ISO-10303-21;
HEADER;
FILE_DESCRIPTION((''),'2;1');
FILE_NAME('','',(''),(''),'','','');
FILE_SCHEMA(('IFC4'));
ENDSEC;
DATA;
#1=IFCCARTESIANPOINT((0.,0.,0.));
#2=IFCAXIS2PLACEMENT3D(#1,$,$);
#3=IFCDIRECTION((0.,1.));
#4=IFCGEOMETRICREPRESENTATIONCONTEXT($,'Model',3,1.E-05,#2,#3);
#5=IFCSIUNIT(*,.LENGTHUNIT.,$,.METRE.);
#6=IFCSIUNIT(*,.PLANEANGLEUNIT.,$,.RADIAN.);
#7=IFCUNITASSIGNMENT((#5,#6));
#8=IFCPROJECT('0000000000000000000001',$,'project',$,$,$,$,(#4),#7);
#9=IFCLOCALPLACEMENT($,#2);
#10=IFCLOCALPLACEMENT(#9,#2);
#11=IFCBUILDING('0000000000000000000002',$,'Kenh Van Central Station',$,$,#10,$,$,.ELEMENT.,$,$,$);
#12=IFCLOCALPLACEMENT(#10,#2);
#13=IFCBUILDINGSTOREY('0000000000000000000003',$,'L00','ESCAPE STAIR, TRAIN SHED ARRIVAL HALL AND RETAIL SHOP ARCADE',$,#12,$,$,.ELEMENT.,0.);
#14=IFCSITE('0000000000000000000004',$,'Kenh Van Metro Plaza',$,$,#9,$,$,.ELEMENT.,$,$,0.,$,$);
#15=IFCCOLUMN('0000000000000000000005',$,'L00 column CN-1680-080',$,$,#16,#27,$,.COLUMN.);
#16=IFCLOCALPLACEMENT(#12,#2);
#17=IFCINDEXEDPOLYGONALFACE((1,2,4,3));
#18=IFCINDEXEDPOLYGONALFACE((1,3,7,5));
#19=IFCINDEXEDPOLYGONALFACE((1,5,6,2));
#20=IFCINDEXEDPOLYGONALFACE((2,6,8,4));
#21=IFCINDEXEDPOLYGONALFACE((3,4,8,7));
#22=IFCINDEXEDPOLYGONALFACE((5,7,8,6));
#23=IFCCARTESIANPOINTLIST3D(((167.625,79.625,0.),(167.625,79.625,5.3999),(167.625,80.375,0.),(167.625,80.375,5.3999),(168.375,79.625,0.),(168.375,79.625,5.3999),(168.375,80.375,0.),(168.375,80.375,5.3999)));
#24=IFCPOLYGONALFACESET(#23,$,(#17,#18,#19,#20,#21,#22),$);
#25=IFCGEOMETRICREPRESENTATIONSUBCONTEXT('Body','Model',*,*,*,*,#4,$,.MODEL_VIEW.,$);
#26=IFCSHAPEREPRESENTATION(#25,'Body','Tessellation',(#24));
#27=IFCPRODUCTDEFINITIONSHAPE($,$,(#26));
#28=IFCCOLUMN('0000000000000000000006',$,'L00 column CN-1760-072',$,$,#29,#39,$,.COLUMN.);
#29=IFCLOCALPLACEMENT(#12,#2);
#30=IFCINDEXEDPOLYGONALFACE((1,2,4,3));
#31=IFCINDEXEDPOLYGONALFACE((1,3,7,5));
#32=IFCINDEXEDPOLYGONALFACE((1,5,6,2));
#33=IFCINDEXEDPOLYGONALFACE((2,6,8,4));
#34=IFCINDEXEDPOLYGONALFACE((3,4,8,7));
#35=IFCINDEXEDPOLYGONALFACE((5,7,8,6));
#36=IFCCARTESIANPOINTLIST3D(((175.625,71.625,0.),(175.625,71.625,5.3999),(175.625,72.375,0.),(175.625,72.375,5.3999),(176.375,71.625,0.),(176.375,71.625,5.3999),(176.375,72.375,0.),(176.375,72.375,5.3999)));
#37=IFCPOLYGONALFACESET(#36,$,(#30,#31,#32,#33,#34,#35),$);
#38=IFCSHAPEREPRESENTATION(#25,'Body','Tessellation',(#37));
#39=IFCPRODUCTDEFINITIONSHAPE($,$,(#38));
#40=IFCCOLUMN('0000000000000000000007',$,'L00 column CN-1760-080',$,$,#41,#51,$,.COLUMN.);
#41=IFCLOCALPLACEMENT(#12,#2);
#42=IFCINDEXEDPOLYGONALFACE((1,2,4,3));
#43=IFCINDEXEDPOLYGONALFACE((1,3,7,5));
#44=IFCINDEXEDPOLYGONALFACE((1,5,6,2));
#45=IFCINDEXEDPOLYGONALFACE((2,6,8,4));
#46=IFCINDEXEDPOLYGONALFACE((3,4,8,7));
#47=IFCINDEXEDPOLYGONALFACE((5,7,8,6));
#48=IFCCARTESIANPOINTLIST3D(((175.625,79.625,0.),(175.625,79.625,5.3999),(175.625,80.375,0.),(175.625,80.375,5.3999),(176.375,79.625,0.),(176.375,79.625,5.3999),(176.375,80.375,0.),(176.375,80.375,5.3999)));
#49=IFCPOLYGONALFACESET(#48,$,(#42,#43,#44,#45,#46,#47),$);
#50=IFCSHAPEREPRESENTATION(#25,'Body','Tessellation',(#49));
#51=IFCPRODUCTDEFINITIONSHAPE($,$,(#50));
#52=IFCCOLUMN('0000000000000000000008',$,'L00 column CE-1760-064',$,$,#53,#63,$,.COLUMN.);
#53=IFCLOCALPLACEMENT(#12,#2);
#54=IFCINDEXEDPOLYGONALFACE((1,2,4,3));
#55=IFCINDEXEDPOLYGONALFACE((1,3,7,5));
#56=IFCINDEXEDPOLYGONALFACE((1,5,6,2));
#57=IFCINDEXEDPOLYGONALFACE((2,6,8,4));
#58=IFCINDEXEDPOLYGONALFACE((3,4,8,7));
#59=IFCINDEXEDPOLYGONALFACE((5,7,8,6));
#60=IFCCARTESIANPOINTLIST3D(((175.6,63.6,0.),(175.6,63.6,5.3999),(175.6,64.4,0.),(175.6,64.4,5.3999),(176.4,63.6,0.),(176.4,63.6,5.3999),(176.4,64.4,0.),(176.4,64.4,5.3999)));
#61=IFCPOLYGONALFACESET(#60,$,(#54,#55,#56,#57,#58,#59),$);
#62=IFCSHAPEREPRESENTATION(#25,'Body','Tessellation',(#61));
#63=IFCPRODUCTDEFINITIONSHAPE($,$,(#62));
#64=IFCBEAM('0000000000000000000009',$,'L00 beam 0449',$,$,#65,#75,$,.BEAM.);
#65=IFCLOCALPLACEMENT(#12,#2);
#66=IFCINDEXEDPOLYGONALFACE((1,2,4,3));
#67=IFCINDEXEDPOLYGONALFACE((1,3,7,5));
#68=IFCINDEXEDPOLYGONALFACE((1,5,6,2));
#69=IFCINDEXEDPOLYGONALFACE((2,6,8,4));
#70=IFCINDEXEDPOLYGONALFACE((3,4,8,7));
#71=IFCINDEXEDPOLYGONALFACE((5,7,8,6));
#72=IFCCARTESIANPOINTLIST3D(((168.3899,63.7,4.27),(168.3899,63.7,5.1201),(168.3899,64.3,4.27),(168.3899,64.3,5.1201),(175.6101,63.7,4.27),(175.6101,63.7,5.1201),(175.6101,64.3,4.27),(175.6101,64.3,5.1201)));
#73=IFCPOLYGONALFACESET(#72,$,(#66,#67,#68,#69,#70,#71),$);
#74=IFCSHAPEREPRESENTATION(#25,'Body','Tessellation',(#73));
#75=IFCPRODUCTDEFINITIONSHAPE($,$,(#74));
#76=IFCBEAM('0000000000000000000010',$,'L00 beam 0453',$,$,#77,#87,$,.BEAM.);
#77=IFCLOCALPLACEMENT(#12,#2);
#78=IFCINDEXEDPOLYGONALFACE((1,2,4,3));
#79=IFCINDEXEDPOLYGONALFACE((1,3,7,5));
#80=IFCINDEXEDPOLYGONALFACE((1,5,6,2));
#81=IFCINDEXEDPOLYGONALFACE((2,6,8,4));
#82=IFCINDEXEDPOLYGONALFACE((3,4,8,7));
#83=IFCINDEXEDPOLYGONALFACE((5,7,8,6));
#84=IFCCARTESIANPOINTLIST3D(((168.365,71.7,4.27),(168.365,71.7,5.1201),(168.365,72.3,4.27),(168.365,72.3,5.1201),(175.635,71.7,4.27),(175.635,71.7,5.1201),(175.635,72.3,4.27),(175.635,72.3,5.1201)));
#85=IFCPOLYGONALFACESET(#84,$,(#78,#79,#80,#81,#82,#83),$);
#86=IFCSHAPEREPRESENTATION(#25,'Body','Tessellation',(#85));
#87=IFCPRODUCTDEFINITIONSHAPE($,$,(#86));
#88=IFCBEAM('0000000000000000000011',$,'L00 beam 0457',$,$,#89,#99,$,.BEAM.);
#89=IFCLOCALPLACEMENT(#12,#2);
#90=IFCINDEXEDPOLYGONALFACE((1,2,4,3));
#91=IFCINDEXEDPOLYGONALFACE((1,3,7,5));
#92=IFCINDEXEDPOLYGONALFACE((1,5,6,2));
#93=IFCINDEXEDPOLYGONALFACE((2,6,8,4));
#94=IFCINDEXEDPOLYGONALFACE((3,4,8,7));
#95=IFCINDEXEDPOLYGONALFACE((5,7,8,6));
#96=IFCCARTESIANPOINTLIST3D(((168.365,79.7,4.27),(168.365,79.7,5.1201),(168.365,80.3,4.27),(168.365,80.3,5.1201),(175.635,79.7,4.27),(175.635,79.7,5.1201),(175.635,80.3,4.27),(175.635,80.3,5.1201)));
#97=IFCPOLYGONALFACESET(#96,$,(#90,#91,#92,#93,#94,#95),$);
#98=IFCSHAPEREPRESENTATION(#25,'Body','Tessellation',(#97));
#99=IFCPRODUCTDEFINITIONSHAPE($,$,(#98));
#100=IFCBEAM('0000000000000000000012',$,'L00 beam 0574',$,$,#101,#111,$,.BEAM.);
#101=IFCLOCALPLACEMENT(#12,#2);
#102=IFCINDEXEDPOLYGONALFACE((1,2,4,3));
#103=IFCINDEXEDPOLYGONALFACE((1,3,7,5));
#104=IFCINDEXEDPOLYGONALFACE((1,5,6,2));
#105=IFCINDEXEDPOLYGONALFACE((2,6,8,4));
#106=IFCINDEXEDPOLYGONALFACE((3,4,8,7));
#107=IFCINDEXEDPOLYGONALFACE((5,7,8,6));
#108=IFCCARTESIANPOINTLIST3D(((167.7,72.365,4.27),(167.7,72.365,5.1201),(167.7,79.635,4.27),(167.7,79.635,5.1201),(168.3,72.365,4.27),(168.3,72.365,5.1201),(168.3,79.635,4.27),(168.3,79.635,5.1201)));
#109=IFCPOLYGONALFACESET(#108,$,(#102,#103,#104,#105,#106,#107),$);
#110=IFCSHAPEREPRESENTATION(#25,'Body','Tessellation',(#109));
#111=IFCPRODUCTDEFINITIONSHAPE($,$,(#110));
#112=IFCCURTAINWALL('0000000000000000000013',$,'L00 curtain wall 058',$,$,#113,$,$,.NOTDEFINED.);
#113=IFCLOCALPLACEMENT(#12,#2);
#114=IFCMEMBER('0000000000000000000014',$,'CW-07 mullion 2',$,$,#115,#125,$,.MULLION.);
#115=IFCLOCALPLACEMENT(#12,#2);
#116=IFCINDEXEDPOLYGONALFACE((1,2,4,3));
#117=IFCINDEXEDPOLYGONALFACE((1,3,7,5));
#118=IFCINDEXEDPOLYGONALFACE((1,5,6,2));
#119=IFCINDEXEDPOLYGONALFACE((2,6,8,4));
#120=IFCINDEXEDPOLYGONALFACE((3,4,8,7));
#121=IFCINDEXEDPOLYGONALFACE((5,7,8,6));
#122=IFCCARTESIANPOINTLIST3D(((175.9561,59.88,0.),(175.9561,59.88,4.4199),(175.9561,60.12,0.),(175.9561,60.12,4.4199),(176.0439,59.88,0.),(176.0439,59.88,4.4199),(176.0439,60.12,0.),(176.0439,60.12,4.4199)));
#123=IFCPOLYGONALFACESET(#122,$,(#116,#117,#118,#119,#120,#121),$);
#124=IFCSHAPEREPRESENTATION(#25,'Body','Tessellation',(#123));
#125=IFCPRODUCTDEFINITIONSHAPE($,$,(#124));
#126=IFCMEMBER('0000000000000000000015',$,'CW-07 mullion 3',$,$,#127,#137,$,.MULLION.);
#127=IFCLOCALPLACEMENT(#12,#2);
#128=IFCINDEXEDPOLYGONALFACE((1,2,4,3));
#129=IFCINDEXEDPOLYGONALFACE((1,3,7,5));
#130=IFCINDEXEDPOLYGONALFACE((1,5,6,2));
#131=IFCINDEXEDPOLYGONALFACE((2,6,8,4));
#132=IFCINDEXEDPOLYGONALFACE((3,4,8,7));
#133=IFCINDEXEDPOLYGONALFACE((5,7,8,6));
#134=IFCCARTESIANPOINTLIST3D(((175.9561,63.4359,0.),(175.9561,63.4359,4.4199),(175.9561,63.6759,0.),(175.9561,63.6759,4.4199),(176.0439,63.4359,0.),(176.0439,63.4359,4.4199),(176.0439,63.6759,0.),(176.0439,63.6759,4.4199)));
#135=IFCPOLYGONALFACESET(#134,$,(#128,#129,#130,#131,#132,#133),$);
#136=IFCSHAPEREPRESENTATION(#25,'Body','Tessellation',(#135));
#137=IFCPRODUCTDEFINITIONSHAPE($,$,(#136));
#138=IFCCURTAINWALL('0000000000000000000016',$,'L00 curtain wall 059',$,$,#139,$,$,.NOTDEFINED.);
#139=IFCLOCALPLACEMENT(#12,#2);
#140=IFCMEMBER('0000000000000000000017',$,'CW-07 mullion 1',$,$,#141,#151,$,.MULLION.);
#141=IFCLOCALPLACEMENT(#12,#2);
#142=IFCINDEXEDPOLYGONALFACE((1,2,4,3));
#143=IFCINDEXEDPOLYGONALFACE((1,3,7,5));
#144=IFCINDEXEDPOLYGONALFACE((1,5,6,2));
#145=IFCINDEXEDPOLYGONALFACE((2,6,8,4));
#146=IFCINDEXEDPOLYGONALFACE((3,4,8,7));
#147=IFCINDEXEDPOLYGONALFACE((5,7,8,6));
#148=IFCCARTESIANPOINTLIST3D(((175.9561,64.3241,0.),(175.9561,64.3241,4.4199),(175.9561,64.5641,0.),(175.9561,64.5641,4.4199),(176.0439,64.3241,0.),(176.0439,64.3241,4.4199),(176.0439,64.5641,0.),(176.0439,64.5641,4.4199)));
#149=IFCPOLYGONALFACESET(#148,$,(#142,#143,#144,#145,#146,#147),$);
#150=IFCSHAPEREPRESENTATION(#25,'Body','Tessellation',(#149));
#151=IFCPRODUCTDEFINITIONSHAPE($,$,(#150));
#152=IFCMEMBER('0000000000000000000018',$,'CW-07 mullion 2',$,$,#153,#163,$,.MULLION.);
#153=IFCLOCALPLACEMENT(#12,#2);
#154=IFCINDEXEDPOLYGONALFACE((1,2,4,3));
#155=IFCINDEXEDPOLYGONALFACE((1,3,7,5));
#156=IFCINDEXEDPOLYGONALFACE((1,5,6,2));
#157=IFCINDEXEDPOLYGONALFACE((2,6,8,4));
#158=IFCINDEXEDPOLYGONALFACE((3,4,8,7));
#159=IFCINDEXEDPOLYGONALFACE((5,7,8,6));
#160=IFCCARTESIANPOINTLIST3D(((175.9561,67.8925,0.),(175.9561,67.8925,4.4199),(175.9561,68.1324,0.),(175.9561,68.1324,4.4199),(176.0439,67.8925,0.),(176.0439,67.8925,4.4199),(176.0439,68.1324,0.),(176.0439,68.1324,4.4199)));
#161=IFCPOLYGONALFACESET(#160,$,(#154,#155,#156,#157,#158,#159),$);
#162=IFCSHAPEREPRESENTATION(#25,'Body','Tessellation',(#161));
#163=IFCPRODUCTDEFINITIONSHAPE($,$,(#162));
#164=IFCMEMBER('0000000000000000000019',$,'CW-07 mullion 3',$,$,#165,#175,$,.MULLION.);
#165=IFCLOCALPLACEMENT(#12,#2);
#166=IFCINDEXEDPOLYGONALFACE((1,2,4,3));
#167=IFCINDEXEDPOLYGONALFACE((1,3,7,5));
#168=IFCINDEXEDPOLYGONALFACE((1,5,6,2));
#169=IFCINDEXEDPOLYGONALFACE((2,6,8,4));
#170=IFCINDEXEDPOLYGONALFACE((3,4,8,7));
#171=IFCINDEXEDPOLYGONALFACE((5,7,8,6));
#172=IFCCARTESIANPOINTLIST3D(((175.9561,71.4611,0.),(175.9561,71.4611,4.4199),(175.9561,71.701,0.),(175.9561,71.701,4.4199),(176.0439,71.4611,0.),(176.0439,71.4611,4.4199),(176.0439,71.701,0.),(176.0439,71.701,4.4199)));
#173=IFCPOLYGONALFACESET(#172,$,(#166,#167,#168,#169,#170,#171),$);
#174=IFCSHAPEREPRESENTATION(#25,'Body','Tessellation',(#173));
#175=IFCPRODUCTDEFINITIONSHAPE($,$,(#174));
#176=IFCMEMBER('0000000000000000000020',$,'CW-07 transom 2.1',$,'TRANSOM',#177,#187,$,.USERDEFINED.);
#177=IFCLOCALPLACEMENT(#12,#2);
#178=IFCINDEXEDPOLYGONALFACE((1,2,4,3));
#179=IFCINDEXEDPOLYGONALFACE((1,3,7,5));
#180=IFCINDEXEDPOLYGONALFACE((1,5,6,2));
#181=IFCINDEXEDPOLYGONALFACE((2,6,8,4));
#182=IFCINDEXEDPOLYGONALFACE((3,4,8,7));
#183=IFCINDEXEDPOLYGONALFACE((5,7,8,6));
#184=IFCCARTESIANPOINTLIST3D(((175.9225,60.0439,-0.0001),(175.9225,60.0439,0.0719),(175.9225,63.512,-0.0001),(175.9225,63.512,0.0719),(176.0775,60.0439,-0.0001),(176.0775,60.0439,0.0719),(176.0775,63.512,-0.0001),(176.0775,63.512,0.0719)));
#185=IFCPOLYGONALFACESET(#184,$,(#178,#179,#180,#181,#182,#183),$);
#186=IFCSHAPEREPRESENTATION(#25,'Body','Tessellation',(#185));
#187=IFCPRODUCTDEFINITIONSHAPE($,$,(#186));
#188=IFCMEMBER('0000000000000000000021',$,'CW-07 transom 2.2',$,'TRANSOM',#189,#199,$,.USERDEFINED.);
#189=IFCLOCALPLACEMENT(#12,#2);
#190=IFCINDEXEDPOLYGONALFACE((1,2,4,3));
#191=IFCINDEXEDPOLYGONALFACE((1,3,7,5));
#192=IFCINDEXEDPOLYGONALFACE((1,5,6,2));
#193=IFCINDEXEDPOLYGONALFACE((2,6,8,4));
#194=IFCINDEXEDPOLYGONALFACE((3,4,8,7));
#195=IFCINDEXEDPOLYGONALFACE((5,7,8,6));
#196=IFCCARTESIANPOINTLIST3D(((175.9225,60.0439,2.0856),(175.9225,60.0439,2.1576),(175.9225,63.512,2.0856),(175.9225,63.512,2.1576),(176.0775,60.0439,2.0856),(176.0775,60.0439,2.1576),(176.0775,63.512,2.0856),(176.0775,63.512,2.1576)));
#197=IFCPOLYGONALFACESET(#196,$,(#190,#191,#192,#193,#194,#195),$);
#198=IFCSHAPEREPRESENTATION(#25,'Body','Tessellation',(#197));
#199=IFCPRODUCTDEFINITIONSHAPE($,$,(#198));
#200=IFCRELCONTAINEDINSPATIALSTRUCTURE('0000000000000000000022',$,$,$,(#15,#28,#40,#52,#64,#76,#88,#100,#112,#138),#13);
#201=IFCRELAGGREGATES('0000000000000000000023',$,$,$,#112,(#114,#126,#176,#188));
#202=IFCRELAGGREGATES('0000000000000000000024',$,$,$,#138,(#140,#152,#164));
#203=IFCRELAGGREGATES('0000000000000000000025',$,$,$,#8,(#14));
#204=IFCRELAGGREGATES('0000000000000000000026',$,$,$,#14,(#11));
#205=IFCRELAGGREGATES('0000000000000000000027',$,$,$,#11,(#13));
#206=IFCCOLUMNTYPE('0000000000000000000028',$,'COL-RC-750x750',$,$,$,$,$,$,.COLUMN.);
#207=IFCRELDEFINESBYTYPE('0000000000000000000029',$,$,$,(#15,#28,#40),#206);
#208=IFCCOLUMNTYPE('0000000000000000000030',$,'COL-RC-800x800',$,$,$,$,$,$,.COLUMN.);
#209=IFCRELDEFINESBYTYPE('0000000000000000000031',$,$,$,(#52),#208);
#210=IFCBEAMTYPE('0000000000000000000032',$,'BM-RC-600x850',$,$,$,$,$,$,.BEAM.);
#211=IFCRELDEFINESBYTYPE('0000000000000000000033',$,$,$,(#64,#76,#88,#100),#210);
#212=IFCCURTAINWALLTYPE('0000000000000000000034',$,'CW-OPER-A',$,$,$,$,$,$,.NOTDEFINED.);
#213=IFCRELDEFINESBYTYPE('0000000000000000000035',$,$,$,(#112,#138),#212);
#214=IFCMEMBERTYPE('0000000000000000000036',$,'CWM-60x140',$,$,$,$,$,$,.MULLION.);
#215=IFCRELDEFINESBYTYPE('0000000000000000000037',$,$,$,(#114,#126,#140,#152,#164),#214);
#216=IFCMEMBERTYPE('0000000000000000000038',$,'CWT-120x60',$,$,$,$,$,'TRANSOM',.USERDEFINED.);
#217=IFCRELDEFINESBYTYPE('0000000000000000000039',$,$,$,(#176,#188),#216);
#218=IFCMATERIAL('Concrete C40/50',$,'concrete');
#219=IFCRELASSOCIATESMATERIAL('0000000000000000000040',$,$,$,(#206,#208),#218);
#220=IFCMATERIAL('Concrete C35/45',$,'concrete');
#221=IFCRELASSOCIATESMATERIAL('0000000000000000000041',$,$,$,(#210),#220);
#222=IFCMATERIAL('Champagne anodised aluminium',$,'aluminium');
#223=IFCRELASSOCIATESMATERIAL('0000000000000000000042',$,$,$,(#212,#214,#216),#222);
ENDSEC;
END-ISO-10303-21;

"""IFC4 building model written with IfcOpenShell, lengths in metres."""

from ifc_helpers import new_model, si_unit, direction, frame, origin, origin_2d, place, context, subcontext, project, spatial, rectangle, extrude, material, material_profile, profile_set, type_object, element, aggregate, save


model = new_model("IFC4")

# Units and contexts
model_context = context("Model", 3, precision=1e-05, world=origin(), true_north=direction((0.0, 1.0)))
body_context = subcontext(model_context, "Body", "Model", "MODEL_VIEW")
ifc_project = project(units=[si_unit("LENGTHUNIT", "METRE"), si_unit("PLANEANGLEUNIT", "RADIAN")], contexts=[model_context])

# Site, building, storey
site_placement = place(None, origin())
site = spatial("IfcSite", under=ifc_project, at=site_placement, Name="Kenh Van Metro Plaza", CompositionType="ELEMENT", RefElevation=0.0)
building_placement = place(site_placement, origin())
building = spatial("IfcBuilding", under=site, at=building_placement, Name="Kenh Van Central Station", CompositionType="ELEMENT")
storey_placement = place(building_placement, origin())
storey = spatial("IfcBuildingStorey", under=building, at=storey_placement, Name="L00", Description="ESCAPE STAIR, TRAIN SHED ARRIVAL HALL AND RETAIL SHOP ARCADE", CompositionType="ELEMENT", Elevation=0.0)

# Columns
ifc_material_1 = material(Name="Concrete C40/50", Category="concrete")
ifc_material_profile_1 = material_profile(ifc_material_1, rectangle(XDim=0.75, YDim=0.75, at=origin_2d()), Name="RC 750x750")
ifc_profile_set_1 = profile_set([ifc_material_profile_1], Name="Concrete C40/50")
column_type_1 = type_object("IfcColumnType", Name="COL-RC-750x750", PredefinedType="COLUMN", material=ifc_profile_set_1)
for number, where, z_axis, x_axis, name in (
    (1, (168.0, 80.0, 0.0), (0.0, 0.0, 1.0), (1.0, 0.0, 0.0), "L00 column CN-1680-080"),
    (2, (176.0, 72.0, 0.0), (0.0, 0.0, 1.0), (1.0, 0.0, 0.0), "L00 column CN-1760-072"),
    (3, (176.0, 80.0, 0.0), (0.0, 0.0, 1.0), (1.0, 0.0, 0.0), "L00 column CN-1760-080"),
):
    element("IfcColumn", number, at=place(storey_placement, frame(where, z_axis=z_axis, x_axis=x_axis)), inside=storey, type_object=column_type_1, Name=name, PredefinedType="COLUMN", context=body_context, shape_type="SweptSolid", body=[
        extrude(rectangle(XDim=0.75, YDim=0.75, at=origin_2d()), origin(), (0.0, 0.0, 1.0), 5.3999),
    ])
ifc_material_profile_2 = material_profile(ifc_material_1, rectangle(XDim=0.8, YDim=0.8, at=origin_2d()), Name="RC 800x800")
ifc_profile_set_2 = profile_set([ifc_material_profile_2], Name="Concrete C40/50")
column_type_2 = type_object("IfcColumnType", Name="COL-RC-800x800", PredefinedType="COLUMN", material=ifc_profile_set_2)
column_placement = place(storey_placement, frame((176.0, 64.0, 0.0), z_axis=(0.0, 0.0, 1.0), x_axis=(1.0, 0.0, 0.0)))
element("IfcColumn", 4, at=column_placement, inside=storey, type_object=column_type_2, Name="L00 column CE-1760-064", PredefinedType="COLUMN", context=body_context, shape_type="SweptSolid", body=[
    extrude(rectangle(XDim=0.8, YDim=0.8, at=origin_2d()), origin(), (0.0, 0.0, 1.0), 5.3999),
])

# Beams
ifc_material_2 = material(Name="Concrete C35/45", Category="concrete")
ifc_material_profile_3 = material_profile(ifc_material_2, rectangle(XDim=0.6001, YDim=0.8501, at=origin_2d()), Name="RC 600x850")
ifc_profile_set_3 = profile_set([ifc_material_profile_3], Name="Concrete C35/45")
beam_type_1 = type_object("IfcBeamType", Name="BM-RC-600x850", PredefinedType="BEAM", material=ifc_profile_set_3)
beam_1_placement = place(storey_placement, frame((168.3899, 64.0, 4.6951), z_axis=(1.0, 0.0, 0.0), x_axis=(0.0, 1.0, 0.0)))
element("IfcBeam", 5, at=beam_1_placement, inside=storey, type_object=beam_type_1, Name="L00 beam 0449", PredefinedType="BEAM", context=body_context, shape_type="SweptSolid", body=[
    extrude(rectangle(XDim=0.6001, YDim=0.8501, at=origin_2d()), origin(), (0.0, 0.0, 1.0), 7.2202),
])
for number, where, z_axis, x_axis, name in (
    (6, (168.365, 72.0, 4.6951), (1.0, 0.0, 0.0), (0.0, 1.0, 0.0), "L00 beam 0453"),
    (7, (168.365, 80.0, 4.6951), (1.0, 0.0, 0.0), (0.0, 1.0, 0.0), "L00 beam 0457"),
    (8, (168.0, 72.365, 4.6951), (0.0, 1.0, 0.0), (-1.0, 0.0, 0.0), "L00 beam 0574"),
):
    element("IfcBeam", number, at=place(storey_placement, frame(where, z_axis=z_axis, x_axis=x_axis)), inside=storey, type_object=beam_type_1, Name=name, PredefinedType="BEAM", context=body_context, shape_type="SweptSolid", body=[
        extrude(rectangle(XDim=0.6001, YDim=0.8501, at=origin_2d()), origin(), (0.0, 0.0, 1.0), 7.27),
    ])

# Curtain walls, members
ifc_material_3 = material(Name="Champagne anodised aluminium", Category="aluminium")
curtain_wall_type = type_object("IfcCurtainWallType", Name="CW-OPER-A", PredefinedType="NOTDEFINED", material=ifc_material_3)
curtain_wall_1_placement = place(storey_placement, origin())
curtain_wall_1 = element("IfcCurtainWall", 9, at=curtain_wall_1_placement, inside=storey, type_object=curtain_wall_type, Name="L00 curtain wall 058", PredefinedType="NOTDEFINED")
ifc_material_profile_4 = material_profile(ifc_material_3, rectangle(XDim=0.0879, YDim=0.24, at=origin_2d()), Name="AL 88x240")
ifc_profile_set_4 = profile_set([ifc_material_profile_4], Name="Champagne anodised aluminium")
member_type_1 = type_object("IfcMemberType", Name="CWM-60x140", PredefinedType="MULLION", material=ifc_profile_set_4)
member_1_placement = place(storey_placement, frame((176.0, 60.0, 0.0), z_axis=(0.0, 0.0, 1.0), x_axis=(-1.0, 0.0, 0.0)))
member_1 = element("IfcMember", 10, at=member_1_placement, type_object=member_type_1, Name="CW-07 mullion 2", PredefinedType="MULLION", context=body_context, shape_type="SweptSolid", body=[
    extrude(rectangle(XDim=0.0879, YDim=0.24, at=origin_2d()), origin(), (0.0, 0.0, 1.0), 4.4199),
])
member_2_placement = place(storey_placement, frame((176.0, 63.5559, 0.0), z_axis=(0.0, 0.0, 1.0), x_axis=(-1.0, 0.0, 0.0)))
member_2 = element("IfcMember", 11, at=member_2_placement, type_object=member_type_1, Name="CW-07 mullion 3", PredefinedType="MULLION", context=body_context, shape_type="SweptSolid", body=[
    extrude(rectangle(XDim=0.0879, YDim=0.24, at=origin_2d()), origin(), (0.0, 0.0, 1.0), 4.4199),
])
curtain_wall_2_placement = place(storey_placement, origin())
curtain_wall_2 = element("IfcCurtainWall", 12, at=curtain_wall_2_placement, inside=storey, type_object=curtain_wall_type, Name="L00 curtain wall 059", PredefinedType="NOTDEFINED")
member_3_placement = place(storey_placement, frame((176.0, 64.4441, 0.0), z_axis=(0.0, 0.0, 1.0), x_axis=(-1.0, 0.0, 0.0)))
member_3 = element("IfcMember", 13, at=member_3_placement, type_object=member_type_1, Name="CW-07 mullion 1", PredefinedType="MULLION", context=body_context, shape_type="SweptSolid", body=[
    extrude(rectangle(XDim=0.0879, YDim=0.24, at=origin_2d()), origin(), (0.0, 0.0, 1.0), 4.4199),
])
member_4_placement = place(storey_placement, frame((176.0, 68.0125, 0.0), z_axis=(0.0, 0.0, 1.0), x_axis=(-1.0, 0.0, 0.0)))
member_4 = element("IfcMember", 14, at=member_4_placement, type_object=member_type_1, Name="CW-07 mullion 2", PredefinedType="MULLION", context=body_context, shape_type="SweptSolid", body=[
    extrude(rectangle(XDim=0.0879, YDim=0.24, at=origin_2d()), origin(), (0.0, 0.0, 1.0), 4.4199),
])
member_5_placement = place(storey_placement, frame((176.0, 71.5811, 0.0), z_axis=(0.0, 0.0, 1.0), x_axis=(-1.0, 0.0, 0.0)))
member_5 = element("IfcMember", 15, at=member_5_placement, type_object=member_type_1, Name="CW-07 mullion 3", PredefinedType="MULLION", context=body_context, shape_type="SweptSolid", body=[
    extrude(rectangle(XDim=0.0879, YDim=0.24, at=origin_2d()), origin(), (0.0, 0.0, 1.0), 4.4199),
])

# Members
ifc_material_profile_5 = material_profile(ifc_material_3, rectangle(XDim=0.155, YDim=0.072, at=origin_2d()), Name="AL 155x72")
ifc_profile_set_5 = profile_set([ifc_material_profile_5], Name="Champagne anodised aluminium")
member_type_2 = type_object("IfcMemberType", Name="CWT-120x60", ElementType="TRANSOM", PredefinedType="USERDEFINED", material=ifc_profile_set_5)
member_6_placement = place(storey_placement, frame((176.0, 60.0439, 0.0359), z_axis=(0.0, 1.0, 0.0), x_axis=(-1.0, 0.0, 0.0)))
member_6 = element("IfcMember", 16, at=member_6_placement, type_object=member_type_2, Name="CW-07 transom 2.1", ObjectType="TRANSOM", PredefinedType="USERDEFINED", context=body_context, shape_type="SweptSolid", body=[
    extrude(rectangle(XDim=0.155, YDim=0.072, at=origin_2d()), origin(), (0.0, 0.0, 1.0), 3.468),
])
member_7_placement = place(storey_placement, frame((176.0, 60.0439, 2.1216), z_axis=(0.0, 1.0, 0.0), x_axis=(-1.0, 0.0, 0.0)))
member_7 = element("IfcMember", 17, at=member_7_placement, type_object=member_type_2, Name="CW-07 transom 2.2", ObjectType="TRANSOM", PredefinedType="USERDEFINED", context=body_context, shape_type="SweptSolid", body=[
    extrude(rectangle(XDim=0.155, YDim=0.072, at=origin_2d()), origin(), (0.0, 0.0, 1.0), 3.468),
])

aggregate(curtain_wall_1, [member_1, member_2, member_6, member_7])
aggregate(curtain_wall_2, [member_3, member_4, member_5])

save(model, "model.ifc")
